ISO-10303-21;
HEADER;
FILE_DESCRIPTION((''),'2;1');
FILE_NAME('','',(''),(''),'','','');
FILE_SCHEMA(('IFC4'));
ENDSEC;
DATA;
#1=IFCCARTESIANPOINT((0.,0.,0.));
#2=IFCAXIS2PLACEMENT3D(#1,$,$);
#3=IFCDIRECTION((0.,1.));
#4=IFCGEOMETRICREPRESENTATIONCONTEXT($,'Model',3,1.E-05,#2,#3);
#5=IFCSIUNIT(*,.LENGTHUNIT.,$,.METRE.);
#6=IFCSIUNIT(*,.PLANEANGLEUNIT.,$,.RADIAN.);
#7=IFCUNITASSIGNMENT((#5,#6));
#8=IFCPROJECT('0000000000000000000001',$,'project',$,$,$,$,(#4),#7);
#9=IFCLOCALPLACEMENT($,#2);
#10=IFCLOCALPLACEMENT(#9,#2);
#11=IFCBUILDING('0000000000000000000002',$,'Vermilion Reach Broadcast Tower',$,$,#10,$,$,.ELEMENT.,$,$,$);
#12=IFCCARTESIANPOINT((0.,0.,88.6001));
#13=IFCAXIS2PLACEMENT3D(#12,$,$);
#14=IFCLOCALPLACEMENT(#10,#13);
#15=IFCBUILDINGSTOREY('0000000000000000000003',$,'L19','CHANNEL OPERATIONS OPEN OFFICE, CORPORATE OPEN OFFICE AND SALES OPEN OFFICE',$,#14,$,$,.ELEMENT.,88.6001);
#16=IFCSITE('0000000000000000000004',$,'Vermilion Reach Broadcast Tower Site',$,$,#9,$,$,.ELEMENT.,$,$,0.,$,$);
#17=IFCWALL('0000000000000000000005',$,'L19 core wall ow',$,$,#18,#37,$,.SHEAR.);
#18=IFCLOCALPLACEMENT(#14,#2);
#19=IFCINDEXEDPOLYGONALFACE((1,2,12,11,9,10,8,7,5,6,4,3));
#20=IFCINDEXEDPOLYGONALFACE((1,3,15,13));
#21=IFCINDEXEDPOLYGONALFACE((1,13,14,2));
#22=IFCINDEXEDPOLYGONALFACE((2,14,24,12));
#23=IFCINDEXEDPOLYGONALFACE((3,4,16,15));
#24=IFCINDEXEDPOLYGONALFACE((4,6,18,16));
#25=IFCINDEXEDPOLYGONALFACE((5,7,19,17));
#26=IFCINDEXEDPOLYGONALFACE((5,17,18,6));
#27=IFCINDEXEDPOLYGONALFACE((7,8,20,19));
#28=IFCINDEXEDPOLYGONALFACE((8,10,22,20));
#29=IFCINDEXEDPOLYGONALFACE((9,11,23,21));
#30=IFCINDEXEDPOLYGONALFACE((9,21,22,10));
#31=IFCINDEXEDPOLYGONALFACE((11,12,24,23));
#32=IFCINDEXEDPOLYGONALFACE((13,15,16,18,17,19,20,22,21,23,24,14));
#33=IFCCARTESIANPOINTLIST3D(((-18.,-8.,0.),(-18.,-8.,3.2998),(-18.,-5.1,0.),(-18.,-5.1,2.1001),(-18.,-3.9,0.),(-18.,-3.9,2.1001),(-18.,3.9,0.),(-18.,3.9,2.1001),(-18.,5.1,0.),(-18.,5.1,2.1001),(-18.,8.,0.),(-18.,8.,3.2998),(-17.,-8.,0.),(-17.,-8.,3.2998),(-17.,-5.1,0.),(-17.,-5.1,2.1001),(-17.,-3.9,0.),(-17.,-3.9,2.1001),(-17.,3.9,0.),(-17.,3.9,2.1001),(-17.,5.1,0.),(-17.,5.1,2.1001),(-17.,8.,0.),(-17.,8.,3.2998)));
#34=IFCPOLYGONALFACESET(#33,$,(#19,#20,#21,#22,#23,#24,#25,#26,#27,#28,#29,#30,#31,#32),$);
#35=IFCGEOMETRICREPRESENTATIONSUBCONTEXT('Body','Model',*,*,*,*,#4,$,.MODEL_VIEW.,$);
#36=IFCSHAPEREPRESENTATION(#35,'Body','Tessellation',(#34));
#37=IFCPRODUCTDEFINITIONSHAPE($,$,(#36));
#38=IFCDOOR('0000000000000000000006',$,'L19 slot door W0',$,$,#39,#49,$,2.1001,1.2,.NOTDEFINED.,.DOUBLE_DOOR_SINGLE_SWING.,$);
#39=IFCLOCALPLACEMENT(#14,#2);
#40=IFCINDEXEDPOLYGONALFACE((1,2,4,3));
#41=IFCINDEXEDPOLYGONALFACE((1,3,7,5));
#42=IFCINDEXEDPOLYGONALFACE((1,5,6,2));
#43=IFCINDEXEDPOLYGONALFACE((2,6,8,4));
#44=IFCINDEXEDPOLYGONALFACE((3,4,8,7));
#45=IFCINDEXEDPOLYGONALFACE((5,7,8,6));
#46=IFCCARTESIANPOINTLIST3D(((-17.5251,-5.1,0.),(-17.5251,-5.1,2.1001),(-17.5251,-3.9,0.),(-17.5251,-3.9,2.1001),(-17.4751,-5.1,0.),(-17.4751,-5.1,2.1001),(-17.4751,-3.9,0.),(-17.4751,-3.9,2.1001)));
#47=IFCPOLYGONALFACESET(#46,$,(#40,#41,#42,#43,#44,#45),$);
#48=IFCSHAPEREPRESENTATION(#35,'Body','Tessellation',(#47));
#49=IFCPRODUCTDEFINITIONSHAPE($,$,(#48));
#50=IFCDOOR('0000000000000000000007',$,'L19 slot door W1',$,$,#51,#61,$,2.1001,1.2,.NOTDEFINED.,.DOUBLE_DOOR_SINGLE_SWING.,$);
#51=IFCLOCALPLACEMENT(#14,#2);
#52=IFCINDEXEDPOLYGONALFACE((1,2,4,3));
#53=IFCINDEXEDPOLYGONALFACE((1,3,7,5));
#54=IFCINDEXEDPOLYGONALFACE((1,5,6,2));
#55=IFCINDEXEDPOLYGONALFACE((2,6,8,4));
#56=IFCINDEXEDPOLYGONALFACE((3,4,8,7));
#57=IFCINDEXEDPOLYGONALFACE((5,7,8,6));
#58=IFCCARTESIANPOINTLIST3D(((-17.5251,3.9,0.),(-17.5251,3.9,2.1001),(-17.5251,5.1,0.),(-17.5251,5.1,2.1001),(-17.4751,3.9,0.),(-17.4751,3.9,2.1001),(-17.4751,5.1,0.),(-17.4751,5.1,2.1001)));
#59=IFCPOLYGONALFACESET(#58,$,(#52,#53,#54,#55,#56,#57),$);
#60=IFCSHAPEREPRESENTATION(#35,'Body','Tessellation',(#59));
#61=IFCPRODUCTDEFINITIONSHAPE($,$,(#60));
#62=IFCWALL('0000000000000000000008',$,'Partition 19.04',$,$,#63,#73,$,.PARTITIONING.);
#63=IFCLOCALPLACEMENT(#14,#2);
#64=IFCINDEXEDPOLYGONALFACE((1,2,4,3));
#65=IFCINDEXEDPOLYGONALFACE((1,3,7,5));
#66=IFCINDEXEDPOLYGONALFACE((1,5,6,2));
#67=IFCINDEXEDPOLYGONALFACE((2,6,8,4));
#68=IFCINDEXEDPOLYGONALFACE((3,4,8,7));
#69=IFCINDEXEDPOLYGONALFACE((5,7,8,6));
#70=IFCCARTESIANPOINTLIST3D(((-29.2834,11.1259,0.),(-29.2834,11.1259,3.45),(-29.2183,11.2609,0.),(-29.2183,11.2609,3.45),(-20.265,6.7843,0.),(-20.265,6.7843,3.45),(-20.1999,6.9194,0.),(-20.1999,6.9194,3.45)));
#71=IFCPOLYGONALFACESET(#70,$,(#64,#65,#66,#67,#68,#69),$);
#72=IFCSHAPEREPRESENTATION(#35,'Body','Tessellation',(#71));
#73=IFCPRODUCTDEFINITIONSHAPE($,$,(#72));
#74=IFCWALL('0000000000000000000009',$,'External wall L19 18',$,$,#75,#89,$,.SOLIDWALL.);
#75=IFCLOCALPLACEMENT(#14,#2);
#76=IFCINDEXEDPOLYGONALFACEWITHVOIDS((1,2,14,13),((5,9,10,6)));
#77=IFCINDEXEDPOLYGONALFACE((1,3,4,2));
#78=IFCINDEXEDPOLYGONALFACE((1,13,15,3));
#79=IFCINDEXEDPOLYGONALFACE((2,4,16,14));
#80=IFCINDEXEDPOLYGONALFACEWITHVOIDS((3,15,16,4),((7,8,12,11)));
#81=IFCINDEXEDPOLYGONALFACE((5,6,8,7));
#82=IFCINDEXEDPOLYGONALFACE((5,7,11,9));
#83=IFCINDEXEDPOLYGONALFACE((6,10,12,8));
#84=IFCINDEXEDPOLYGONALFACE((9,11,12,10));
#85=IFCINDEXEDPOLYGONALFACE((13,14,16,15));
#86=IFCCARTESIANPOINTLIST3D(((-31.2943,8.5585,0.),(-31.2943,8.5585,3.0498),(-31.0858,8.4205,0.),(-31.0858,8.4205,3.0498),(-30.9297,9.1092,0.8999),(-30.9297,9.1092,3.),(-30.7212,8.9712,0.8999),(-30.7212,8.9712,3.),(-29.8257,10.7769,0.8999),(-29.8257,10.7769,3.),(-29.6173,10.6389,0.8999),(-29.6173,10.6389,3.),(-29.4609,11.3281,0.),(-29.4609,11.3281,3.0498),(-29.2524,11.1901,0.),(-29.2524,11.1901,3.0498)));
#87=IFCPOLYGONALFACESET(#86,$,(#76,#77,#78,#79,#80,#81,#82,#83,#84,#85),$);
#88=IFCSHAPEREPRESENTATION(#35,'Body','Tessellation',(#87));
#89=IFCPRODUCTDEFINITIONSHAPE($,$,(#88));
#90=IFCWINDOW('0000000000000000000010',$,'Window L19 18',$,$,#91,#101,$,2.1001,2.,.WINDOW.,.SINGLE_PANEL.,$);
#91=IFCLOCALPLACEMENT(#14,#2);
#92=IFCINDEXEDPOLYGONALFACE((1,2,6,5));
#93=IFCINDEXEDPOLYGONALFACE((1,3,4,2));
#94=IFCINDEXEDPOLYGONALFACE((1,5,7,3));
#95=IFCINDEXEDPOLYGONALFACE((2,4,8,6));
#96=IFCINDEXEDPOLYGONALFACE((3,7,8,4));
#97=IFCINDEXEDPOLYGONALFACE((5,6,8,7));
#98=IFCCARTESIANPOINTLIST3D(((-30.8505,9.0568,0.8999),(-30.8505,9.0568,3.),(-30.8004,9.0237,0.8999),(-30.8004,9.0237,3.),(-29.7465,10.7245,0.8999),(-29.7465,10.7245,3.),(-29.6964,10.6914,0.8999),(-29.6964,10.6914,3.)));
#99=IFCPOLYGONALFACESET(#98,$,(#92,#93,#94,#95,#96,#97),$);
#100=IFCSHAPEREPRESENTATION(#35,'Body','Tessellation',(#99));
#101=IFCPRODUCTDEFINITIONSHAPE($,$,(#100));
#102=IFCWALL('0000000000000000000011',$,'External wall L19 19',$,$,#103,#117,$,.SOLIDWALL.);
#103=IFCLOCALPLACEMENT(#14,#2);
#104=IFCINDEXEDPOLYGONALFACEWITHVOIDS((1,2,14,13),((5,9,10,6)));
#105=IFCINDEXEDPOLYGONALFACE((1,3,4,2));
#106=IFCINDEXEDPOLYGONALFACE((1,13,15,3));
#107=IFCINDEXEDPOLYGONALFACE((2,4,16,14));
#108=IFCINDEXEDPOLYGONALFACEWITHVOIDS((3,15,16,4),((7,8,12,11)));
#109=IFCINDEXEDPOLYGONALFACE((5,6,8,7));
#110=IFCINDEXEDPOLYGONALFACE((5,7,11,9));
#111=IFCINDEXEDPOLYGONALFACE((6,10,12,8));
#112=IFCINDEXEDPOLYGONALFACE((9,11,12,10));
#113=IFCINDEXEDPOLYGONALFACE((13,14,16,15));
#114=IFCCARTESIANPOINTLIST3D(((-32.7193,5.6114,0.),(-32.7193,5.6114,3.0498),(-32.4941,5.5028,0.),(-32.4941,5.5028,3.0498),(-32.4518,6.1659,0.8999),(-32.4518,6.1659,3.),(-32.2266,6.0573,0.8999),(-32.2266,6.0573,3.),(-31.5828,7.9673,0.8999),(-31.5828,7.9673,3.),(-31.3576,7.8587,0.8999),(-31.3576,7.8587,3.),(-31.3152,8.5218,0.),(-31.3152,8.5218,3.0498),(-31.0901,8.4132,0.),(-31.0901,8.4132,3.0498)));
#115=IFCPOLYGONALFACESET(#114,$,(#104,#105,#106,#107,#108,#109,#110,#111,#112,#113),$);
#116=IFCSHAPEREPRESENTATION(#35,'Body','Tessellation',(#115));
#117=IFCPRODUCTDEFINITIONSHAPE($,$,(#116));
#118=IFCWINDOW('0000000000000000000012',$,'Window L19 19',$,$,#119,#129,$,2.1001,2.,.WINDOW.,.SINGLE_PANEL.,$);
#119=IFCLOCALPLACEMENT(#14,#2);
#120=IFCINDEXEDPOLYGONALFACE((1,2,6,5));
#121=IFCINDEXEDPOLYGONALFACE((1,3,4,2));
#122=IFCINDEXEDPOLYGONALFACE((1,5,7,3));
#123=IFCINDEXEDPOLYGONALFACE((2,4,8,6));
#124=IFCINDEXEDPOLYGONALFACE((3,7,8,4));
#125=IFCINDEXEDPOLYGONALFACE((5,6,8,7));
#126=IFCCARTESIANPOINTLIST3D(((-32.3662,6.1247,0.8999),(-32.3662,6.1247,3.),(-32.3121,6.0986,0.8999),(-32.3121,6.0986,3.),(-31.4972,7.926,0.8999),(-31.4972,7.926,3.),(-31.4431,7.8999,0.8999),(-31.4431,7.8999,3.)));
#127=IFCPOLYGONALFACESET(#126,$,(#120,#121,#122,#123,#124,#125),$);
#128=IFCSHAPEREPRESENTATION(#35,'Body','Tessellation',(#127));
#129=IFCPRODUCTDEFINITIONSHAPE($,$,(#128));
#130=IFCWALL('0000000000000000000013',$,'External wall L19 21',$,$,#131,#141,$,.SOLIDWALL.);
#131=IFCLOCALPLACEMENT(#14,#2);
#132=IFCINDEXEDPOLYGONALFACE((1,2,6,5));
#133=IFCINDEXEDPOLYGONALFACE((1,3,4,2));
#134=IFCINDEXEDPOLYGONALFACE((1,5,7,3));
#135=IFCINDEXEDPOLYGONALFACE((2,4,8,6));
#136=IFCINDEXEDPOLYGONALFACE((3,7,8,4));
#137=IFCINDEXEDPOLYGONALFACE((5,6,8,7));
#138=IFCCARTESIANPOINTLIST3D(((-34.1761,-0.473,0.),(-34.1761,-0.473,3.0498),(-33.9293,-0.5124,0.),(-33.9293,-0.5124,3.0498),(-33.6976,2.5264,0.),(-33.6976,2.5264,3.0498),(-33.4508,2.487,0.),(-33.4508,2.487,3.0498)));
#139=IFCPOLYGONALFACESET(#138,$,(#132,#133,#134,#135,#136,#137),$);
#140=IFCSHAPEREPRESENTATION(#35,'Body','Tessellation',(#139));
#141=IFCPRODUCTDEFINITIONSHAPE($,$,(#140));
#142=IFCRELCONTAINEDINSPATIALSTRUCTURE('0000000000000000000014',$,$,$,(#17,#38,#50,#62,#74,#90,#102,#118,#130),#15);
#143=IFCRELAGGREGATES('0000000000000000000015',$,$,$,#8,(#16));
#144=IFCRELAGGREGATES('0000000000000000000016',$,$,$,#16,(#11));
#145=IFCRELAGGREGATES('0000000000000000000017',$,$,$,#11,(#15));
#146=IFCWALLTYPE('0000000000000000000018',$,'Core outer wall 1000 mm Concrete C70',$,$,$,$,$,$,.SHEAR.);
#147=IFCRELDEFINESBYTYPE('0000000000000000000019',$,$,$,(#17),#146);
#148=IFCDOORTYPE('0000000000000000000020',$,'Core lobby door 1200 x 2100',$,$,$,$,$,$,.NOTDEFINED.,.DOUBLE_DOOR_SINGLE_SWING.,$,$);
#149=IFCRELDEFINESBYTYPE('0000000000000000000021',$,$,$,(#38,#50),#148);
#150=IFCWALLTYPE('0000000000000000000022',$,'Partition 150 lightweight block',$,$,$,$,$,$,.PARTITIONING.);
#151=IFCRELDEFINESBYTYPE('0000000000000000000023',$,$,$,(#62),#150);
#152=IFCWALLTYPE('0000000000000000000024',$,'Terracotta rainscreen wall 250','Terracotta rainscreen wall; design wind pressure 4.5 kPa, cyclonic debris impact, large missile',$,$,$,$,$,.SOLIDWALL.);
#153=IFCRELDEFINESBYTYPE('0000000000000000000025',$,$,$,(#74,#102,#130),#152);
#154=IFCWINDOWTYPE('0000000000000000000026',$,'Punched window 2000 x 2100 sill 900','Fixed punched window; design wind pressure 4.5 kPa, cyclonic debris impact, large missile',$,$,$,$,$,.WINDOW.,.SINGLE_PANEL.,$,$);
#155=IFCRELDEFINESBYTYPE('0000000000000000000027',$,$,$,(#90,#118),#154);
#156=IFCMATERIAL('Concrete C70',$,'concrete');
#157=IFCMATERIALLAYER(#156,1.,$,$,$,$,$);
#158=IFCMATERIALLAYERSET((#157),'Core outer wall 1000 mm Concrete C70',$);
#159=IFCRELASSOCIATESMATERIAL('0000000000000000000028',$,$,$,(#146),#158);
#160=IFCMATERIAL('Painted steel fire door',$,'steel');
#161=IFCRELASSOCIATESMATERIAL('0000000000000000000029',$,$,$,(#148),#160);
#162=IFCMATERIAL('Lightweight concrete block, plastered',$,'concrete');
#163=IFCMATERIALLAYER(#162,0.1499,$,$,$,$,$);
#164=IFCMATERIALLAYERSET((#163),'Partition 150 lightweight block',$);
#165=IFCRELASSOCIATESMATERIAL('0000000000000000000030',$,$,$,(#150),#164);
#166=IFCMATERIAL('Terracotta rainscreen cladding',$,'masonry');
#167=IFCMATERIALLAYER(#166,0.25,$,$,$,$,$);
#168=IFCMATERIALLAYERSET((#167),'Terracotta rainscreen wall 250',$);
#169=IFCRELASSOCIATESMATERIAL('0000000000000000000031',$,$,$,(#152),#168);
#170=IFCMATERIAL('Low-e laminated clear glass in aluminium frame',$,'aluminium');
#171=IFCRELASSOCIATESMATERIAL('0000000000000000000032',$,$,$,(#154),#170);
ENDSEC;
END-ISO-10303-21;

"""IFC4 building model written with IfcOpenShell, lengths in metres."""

from ifc_helpers import new_model, si_unit, direction, frame, frame_2d, origin, place, context, subcontext, project, spatial, rectangle, extrude, material, layer, layer_set, type_object, element, fill, save


model = new_model("IFC4")

# Units and contexts
model_context = context("Model", 3, precision=1e-05, world=origin(), true_north=direction((0.0, 1.0)))
body_context = subcontext(model_context, "Body", "Model", "MODEL_VIEW")
ifc_project = project(units=[si_unit("LENGTHUNIT", "METRE"), si_unit("PLANEANGLEUNIT", "RADIAN")], contexts=[model_context])

# Site, building, storey
site_placement = place(None, origin())
site = spatial("IfcSite", under=ifc_project, at=site_placement, Name="Vermilion Reach Broadcast Tower Site", CompositionType="ELEMENT", RefElevation=0.0)
building_placement = place(site_placement, origin())
building = spatial("IfcBuilding", under=site, at=building_placement, Name="Vermilion Reach Broadcast Tower", CompositionType="ELEMENT")
storey_placement = place(building_placement, frame((0.0, 0.0, 88.6001)))
storey = spatial("IfcBuildingStorey", under=building, at=storey_placement, Name="L19", Description="CHANNEL OPERATIONS OPEN OFFICE, CORPORATE OPEN OFFICE AND SALES OPEN OFFICE", CompositionType="ELEMENT", Elevation=88.6001)

# Wall, openings, doors
ifc_material_1 = material(Name="Concrete C70", Category="concrete")
ifc_layer_1 = layer(ifc_material_1, 1.0)
ifc_layer_set_1 = layer_set([ifc_layer_1], Name="Core outer wall 1000 mm Concrete C70")
wall_type_1 = type_object("IfcWallType", Name="Core outer wall 1000 mm Concrete C70", PredefinedType="SHEAR", material=ifc_layer_set_1)
wall_1_placement = place(storey_placement, frame((-17.5, 8.0, 0.0), z_axis=(0.0, 0.0, 1.0), x_axis=(0.0, -1.0, 0.0)))
wall_1 = element("IfcWall", 1, at=wall_1_placement, inside=storey, type_object=wall_type_1, Name="L19 core wall ow", PredefinedType="SHEAR", context=body_context, shape_type="SweptSolid", body=[
    extrude(rectangle(XDim=16.0, YDim=1.0, at=frame_2d((8.0, 0.0))), origin(), (0.0, 0.0, 1.0), 3.2998),
])
opening_1_placement = place(wall_1_placement, frame((11.8999, 0.0, 0.0)))
opening_1 = element("IfcOpeningElement", 2, at=opening_1_placement, cuts=wall_1, PredefinedType="OPENING", context=body_context, shape_type="SweptSolid", body=[
    extrude(rectangle(XDim=1.2, YDim=2.1001, at=frame_2d((0.6001, 1.05))), frame((0.0, 0.51, 0.0), z_axis=(0.0, -1.0, 0.0), x_axis=(1.0, 0.0, 0.0)), (0.0, 0.0, 1.0), 1.02),
])
opening_2_placement = place(wall_1_placement, frame((2.8999, 0.0, 0.0)))
opening_2 = element("IfcOpeningElement", 3, at=opening_2_placement, cuts=wall_1, PredefinedType="OPENING", context=body_context, shape_type="SweptSolid", body=[
    extrude(rectangle(XDim=1.2, YDim=2.1001, at=frame_2d((0.6001, 1.05))), frame((0.0, 0.51, 0.0), z_axis=(0.0, -1.0, 0.0), x_axis=(1.0, 0.0, 0.0)), (0.0, 0.0, 1.0), 1.02),
])
ifc_material_2 = material(Name="Painted steel fire door", Category="steel")
door_type_1 = type_object("IfcDoorType", Name="Core lobby door 1200 x 2100", OperationType="DOUBLE_DOOR_SINGLE_SWING", PredefinedType="NOTDEFINED", material=ifc_material_2)
door_1_placement = place(opening_1_placement, origin())
door_1 = element("IfcDoor", 4, at=door_1_placement, inside=storey, type_object=door_type_1, Name="L19 slot door W0", OperationType="DOUBLE_DOOR_SINGLE_SWING", OverallHeight=2.1001, OverallWidth=1.2, PredefinedType="NOTDEFINED", context=body_context, shape_type="SweptSolid", body=[
    extrude(rectangle(XDim=1.2, YDim=2.1001, at=frame_2d((0.6001, 1.05))), frame((0.0, 0.0249, 0.0), z_axis=(0.0, -1.0, 0.0), x_axis=(1.0, 0.0, 0.0)), (0.0, 0.0, 1.0), 0.05),
])
fill(opening_1, door_1)
door_2_placement = place(opening_2_placement, origin())
door_2 = element("IfcDoor", 5, at=door_2_placement, inside=storey, type_object=door_type_1, Name="L19 slot door W1", OperationType="DOUBLE_DOOR_SINGLE_SWING", OverallHeight=2.1001, OverallWidth=1.2, PredefinedType="NOTDEFINED", context=body_context, shape_type="SweptSolid", body=[
    extrude(rectangle(XDim=1.2, YDim=2.1001, at=frame_2d((0.6001, 1.05))), frame((0.0, 0.0249, 0.0), z_axis=(0.0, -1.0, 0.0), x_axis=(1.0, 0.0, 0.0)), (0.0, 0.0, 1.0), 0.05),
])
fill(opening_2, door_2)

# Wall
ifc_material_3 = material(Name="Lightweight concrete block, plastered", Category="concrete")
ifc_layer_2 = layer(ifc_material_3, 0.1499)
ifc_layer_set_2 = layer_set([ifc_layer_2], Name="Partition 150 lightweight block")
wall_type_2 = type_object("IfcWallType", Name="Partition 150 lightweight block", PredefinedType="PARTITIONING", material=ifc_layer_set_2)
wall_2_placement = place(storey_placement, frame((-29.2507, 11.1934, 0.0), z_axis=(0.0, 0.0, 1.0), x_axis=(0.901025, -0.433767, 0.0)))
element("IfcWall", 6, at=wall_2_placement, inside=storey, type_object=wall_type_2, Name="Partition 19.04", PredefinedType="PARTITIONING", context=body_context, shape_type="SweptSolid", body=[
    extrude(rectangle(XDim=10.009, YDim=0.1499, at=frame_2d((5.0044, 0.0))), origin(), (0.0, 0.0, 1.0), 3.45),
])

# Walls, openings, windows
ifc_material_4 = material(Name="Terracotta rainscreen cladding", Category="masonry")
ifc_layer_3 = layer(ifc_material_4, 0.25)
ifc_layer_set_3 = layer_set([ifc_layer_3], Name="Terracotta rainscreen wall 250")
wall_type_3 = type_object("IfcWallType", Name="Terracotta rainscreen wall 250", Description="Terracotta rainscreen wall; design wind pressure 4.5 kPa, cyclonic debris impact, large missile", PredefinedType="SOLIDWALL", material=ifc_layer_set_3)
wall_3_placement = place(storey_placement, frame((-29.3567, 11.259, 0.0), z_axis=(0.0, 0.0, 1.0), x_axis=(-0.551983, -0.833855, 0.0)))
wall_3 = element("IfcWall", 7, at=wall_3_placement, inside=storey, type_object=wall_type_3, Name="External wall L19 18", PredefinedType="SOLIDWALL", context=body_context, shape_type="SweptSolid", body=[
    extrude(rectangle(XDim=3.3215, YDim=0.25, at=frame_2d((1.6606, 0.0))), origin(), (0.0, 0.0, 1.0), 3.0498),
])
opening_3_placement = place(wall_3_placement, frame((0.6609, 0.0, 0.8999)))
opening_3 = element("IfcOpeningElement", 8, at=opening_3_placement, cuts=wall_3, PredefinedType="OPENING", context=body_context, shape_type="SweptSolid", body=[
    extrude(rectangle(XDim=2.0, YDim=2.1001, at=frame_2d((1.0, 1.05))), frame((0.0, 0.135, 0.0), z_axis=(0.0, -1.0, 0.0), x_axis=(1.0, 0.0, 0.0)), (0.0, 0.0, 1.0), 0.27),
])
ifc_material_5 = material(Name="Low-e laminated clear glass in aluminium frame", Category="aluminium")
window_type = type_object("IfcWindowType", Name="Punched window 2000 x 2100 sill 900", Description="Fixed punched window; design wind pressure 4.5 kPa, cyclonic debris impact, large missile", PartitioningType="SINGLE_PANEL", PredefinedType="WINDOW", material=ifc_material_5)
window_1_placement = place(opening_3_placement, origin())
window_1 = element("IfcWindow", 9, at=window_1_placement, inside=storey, type_object=window_type, Name="Window L19 18", OverallHeight=2.1001, OverallWidth=2.0, PartitioningType="SINGLE_PANEL", PredefinedType="WINDOW", context=body_context, shape_type="SweptSolid", body=[
    extrude(rectangle(XDim=2.0, YDim=2.1001, at=frame_2d((1.0, 1.05))), frame((0.0, 0.03, 0.0), z_axis=(0.0, -1.0, 0.0), x_axis=(1.0, 0.0, 0.0)), (0.0, 0.0, 1.0), 0.0601),
])
fill(opening_3, window_1)
wall_4_placement = place(storey_placement, frame((-31.2026, 8.4675, 0.0), z_axis=(0.0, 0.0, 1.0), x_axis=(-0.434506, -0.900669, 0.0)))
wall_4 = element("IfcWall", 10, at=wall_4_placement, inside=storey, type_object=wall_type_3, Name="External wall L19 19", PredefinedType="SOLIDWALL", context=body_context, shape_type="SweptSolid", body=[
    extrude(rectangle(XDim=3.2314, YDim=0.25, at=frame_2d((1.6157, 0.0))), origin(), (0.0, 0.0, 1.0), 3.0498),
])
opening_4_placement = place(wall_4_placement, frame((0.6157, 0.0, 0.8999)))
opening_4 = element("IfcOpeningElement", 11, at=opening_4_placement, cuts=wall_4, PredefinedType="OPENING", context=body_context, shape_type="SweptSolid", body=[
    extrude(rectangle(XDim=2.0, YDim=2.1001, at=frame_2d((1.0, 1.05))), frame((0.0, 0.135, 0.0), z_axis=(0.0, -1.0, 0.0), x_axis=(1.0, 0.0, 0.0)), (0.0, 0.0, 1.0), 0.27),
])
window_2_placement = place(opening_4_placement, origin())
window_2 = element("IfcWindow", 12, at=window_2_placement, inside=storey, type_object=window_type, Name="Window L19 19", OverallHeight=2.1001, OverallWidth=2.0, PartitioningType="SINGLE_PANEL", PredefinedType="WINDOW", context=body_context, shape_type="SweptSolid", body=[
    extrude(rectangle(XDim=2.0, YDim=2.1001, at=frame_2d((1.0, 1.05))), frame((0.0, 0.03, 0.0), z_axis=(0.0, -1.0, 0.0), x_axis=(1.0, 0.0, 0.0)), (0.0, 0.0, 1.0), 0.0601),
])
fill(opening_4, window_2)

# Wall
wall_5_placement = place(storey_placement, frame((-33.5742, 2.5066, 0.0), z_axis=(0.0, 0.0, 1.0), x_axis=(-0.157539, -0.987513, 0.0)))
element("IfcWall", 13, at=wall_5_placement, inside=storey, type_object=wall_type_3, Name="External wall L19 21", PredefinedType="SOLIDWALL", context=body_context, shape_type="SweptSolid", body=[
    extrude(rectangle(XDim=3.0374, YDim=0.25, at=frame_2d((1.5186, 0.0))), origin(), (0.0, 0.0, 1.0), 3.0498),
])

save(model, "model.ifc")
